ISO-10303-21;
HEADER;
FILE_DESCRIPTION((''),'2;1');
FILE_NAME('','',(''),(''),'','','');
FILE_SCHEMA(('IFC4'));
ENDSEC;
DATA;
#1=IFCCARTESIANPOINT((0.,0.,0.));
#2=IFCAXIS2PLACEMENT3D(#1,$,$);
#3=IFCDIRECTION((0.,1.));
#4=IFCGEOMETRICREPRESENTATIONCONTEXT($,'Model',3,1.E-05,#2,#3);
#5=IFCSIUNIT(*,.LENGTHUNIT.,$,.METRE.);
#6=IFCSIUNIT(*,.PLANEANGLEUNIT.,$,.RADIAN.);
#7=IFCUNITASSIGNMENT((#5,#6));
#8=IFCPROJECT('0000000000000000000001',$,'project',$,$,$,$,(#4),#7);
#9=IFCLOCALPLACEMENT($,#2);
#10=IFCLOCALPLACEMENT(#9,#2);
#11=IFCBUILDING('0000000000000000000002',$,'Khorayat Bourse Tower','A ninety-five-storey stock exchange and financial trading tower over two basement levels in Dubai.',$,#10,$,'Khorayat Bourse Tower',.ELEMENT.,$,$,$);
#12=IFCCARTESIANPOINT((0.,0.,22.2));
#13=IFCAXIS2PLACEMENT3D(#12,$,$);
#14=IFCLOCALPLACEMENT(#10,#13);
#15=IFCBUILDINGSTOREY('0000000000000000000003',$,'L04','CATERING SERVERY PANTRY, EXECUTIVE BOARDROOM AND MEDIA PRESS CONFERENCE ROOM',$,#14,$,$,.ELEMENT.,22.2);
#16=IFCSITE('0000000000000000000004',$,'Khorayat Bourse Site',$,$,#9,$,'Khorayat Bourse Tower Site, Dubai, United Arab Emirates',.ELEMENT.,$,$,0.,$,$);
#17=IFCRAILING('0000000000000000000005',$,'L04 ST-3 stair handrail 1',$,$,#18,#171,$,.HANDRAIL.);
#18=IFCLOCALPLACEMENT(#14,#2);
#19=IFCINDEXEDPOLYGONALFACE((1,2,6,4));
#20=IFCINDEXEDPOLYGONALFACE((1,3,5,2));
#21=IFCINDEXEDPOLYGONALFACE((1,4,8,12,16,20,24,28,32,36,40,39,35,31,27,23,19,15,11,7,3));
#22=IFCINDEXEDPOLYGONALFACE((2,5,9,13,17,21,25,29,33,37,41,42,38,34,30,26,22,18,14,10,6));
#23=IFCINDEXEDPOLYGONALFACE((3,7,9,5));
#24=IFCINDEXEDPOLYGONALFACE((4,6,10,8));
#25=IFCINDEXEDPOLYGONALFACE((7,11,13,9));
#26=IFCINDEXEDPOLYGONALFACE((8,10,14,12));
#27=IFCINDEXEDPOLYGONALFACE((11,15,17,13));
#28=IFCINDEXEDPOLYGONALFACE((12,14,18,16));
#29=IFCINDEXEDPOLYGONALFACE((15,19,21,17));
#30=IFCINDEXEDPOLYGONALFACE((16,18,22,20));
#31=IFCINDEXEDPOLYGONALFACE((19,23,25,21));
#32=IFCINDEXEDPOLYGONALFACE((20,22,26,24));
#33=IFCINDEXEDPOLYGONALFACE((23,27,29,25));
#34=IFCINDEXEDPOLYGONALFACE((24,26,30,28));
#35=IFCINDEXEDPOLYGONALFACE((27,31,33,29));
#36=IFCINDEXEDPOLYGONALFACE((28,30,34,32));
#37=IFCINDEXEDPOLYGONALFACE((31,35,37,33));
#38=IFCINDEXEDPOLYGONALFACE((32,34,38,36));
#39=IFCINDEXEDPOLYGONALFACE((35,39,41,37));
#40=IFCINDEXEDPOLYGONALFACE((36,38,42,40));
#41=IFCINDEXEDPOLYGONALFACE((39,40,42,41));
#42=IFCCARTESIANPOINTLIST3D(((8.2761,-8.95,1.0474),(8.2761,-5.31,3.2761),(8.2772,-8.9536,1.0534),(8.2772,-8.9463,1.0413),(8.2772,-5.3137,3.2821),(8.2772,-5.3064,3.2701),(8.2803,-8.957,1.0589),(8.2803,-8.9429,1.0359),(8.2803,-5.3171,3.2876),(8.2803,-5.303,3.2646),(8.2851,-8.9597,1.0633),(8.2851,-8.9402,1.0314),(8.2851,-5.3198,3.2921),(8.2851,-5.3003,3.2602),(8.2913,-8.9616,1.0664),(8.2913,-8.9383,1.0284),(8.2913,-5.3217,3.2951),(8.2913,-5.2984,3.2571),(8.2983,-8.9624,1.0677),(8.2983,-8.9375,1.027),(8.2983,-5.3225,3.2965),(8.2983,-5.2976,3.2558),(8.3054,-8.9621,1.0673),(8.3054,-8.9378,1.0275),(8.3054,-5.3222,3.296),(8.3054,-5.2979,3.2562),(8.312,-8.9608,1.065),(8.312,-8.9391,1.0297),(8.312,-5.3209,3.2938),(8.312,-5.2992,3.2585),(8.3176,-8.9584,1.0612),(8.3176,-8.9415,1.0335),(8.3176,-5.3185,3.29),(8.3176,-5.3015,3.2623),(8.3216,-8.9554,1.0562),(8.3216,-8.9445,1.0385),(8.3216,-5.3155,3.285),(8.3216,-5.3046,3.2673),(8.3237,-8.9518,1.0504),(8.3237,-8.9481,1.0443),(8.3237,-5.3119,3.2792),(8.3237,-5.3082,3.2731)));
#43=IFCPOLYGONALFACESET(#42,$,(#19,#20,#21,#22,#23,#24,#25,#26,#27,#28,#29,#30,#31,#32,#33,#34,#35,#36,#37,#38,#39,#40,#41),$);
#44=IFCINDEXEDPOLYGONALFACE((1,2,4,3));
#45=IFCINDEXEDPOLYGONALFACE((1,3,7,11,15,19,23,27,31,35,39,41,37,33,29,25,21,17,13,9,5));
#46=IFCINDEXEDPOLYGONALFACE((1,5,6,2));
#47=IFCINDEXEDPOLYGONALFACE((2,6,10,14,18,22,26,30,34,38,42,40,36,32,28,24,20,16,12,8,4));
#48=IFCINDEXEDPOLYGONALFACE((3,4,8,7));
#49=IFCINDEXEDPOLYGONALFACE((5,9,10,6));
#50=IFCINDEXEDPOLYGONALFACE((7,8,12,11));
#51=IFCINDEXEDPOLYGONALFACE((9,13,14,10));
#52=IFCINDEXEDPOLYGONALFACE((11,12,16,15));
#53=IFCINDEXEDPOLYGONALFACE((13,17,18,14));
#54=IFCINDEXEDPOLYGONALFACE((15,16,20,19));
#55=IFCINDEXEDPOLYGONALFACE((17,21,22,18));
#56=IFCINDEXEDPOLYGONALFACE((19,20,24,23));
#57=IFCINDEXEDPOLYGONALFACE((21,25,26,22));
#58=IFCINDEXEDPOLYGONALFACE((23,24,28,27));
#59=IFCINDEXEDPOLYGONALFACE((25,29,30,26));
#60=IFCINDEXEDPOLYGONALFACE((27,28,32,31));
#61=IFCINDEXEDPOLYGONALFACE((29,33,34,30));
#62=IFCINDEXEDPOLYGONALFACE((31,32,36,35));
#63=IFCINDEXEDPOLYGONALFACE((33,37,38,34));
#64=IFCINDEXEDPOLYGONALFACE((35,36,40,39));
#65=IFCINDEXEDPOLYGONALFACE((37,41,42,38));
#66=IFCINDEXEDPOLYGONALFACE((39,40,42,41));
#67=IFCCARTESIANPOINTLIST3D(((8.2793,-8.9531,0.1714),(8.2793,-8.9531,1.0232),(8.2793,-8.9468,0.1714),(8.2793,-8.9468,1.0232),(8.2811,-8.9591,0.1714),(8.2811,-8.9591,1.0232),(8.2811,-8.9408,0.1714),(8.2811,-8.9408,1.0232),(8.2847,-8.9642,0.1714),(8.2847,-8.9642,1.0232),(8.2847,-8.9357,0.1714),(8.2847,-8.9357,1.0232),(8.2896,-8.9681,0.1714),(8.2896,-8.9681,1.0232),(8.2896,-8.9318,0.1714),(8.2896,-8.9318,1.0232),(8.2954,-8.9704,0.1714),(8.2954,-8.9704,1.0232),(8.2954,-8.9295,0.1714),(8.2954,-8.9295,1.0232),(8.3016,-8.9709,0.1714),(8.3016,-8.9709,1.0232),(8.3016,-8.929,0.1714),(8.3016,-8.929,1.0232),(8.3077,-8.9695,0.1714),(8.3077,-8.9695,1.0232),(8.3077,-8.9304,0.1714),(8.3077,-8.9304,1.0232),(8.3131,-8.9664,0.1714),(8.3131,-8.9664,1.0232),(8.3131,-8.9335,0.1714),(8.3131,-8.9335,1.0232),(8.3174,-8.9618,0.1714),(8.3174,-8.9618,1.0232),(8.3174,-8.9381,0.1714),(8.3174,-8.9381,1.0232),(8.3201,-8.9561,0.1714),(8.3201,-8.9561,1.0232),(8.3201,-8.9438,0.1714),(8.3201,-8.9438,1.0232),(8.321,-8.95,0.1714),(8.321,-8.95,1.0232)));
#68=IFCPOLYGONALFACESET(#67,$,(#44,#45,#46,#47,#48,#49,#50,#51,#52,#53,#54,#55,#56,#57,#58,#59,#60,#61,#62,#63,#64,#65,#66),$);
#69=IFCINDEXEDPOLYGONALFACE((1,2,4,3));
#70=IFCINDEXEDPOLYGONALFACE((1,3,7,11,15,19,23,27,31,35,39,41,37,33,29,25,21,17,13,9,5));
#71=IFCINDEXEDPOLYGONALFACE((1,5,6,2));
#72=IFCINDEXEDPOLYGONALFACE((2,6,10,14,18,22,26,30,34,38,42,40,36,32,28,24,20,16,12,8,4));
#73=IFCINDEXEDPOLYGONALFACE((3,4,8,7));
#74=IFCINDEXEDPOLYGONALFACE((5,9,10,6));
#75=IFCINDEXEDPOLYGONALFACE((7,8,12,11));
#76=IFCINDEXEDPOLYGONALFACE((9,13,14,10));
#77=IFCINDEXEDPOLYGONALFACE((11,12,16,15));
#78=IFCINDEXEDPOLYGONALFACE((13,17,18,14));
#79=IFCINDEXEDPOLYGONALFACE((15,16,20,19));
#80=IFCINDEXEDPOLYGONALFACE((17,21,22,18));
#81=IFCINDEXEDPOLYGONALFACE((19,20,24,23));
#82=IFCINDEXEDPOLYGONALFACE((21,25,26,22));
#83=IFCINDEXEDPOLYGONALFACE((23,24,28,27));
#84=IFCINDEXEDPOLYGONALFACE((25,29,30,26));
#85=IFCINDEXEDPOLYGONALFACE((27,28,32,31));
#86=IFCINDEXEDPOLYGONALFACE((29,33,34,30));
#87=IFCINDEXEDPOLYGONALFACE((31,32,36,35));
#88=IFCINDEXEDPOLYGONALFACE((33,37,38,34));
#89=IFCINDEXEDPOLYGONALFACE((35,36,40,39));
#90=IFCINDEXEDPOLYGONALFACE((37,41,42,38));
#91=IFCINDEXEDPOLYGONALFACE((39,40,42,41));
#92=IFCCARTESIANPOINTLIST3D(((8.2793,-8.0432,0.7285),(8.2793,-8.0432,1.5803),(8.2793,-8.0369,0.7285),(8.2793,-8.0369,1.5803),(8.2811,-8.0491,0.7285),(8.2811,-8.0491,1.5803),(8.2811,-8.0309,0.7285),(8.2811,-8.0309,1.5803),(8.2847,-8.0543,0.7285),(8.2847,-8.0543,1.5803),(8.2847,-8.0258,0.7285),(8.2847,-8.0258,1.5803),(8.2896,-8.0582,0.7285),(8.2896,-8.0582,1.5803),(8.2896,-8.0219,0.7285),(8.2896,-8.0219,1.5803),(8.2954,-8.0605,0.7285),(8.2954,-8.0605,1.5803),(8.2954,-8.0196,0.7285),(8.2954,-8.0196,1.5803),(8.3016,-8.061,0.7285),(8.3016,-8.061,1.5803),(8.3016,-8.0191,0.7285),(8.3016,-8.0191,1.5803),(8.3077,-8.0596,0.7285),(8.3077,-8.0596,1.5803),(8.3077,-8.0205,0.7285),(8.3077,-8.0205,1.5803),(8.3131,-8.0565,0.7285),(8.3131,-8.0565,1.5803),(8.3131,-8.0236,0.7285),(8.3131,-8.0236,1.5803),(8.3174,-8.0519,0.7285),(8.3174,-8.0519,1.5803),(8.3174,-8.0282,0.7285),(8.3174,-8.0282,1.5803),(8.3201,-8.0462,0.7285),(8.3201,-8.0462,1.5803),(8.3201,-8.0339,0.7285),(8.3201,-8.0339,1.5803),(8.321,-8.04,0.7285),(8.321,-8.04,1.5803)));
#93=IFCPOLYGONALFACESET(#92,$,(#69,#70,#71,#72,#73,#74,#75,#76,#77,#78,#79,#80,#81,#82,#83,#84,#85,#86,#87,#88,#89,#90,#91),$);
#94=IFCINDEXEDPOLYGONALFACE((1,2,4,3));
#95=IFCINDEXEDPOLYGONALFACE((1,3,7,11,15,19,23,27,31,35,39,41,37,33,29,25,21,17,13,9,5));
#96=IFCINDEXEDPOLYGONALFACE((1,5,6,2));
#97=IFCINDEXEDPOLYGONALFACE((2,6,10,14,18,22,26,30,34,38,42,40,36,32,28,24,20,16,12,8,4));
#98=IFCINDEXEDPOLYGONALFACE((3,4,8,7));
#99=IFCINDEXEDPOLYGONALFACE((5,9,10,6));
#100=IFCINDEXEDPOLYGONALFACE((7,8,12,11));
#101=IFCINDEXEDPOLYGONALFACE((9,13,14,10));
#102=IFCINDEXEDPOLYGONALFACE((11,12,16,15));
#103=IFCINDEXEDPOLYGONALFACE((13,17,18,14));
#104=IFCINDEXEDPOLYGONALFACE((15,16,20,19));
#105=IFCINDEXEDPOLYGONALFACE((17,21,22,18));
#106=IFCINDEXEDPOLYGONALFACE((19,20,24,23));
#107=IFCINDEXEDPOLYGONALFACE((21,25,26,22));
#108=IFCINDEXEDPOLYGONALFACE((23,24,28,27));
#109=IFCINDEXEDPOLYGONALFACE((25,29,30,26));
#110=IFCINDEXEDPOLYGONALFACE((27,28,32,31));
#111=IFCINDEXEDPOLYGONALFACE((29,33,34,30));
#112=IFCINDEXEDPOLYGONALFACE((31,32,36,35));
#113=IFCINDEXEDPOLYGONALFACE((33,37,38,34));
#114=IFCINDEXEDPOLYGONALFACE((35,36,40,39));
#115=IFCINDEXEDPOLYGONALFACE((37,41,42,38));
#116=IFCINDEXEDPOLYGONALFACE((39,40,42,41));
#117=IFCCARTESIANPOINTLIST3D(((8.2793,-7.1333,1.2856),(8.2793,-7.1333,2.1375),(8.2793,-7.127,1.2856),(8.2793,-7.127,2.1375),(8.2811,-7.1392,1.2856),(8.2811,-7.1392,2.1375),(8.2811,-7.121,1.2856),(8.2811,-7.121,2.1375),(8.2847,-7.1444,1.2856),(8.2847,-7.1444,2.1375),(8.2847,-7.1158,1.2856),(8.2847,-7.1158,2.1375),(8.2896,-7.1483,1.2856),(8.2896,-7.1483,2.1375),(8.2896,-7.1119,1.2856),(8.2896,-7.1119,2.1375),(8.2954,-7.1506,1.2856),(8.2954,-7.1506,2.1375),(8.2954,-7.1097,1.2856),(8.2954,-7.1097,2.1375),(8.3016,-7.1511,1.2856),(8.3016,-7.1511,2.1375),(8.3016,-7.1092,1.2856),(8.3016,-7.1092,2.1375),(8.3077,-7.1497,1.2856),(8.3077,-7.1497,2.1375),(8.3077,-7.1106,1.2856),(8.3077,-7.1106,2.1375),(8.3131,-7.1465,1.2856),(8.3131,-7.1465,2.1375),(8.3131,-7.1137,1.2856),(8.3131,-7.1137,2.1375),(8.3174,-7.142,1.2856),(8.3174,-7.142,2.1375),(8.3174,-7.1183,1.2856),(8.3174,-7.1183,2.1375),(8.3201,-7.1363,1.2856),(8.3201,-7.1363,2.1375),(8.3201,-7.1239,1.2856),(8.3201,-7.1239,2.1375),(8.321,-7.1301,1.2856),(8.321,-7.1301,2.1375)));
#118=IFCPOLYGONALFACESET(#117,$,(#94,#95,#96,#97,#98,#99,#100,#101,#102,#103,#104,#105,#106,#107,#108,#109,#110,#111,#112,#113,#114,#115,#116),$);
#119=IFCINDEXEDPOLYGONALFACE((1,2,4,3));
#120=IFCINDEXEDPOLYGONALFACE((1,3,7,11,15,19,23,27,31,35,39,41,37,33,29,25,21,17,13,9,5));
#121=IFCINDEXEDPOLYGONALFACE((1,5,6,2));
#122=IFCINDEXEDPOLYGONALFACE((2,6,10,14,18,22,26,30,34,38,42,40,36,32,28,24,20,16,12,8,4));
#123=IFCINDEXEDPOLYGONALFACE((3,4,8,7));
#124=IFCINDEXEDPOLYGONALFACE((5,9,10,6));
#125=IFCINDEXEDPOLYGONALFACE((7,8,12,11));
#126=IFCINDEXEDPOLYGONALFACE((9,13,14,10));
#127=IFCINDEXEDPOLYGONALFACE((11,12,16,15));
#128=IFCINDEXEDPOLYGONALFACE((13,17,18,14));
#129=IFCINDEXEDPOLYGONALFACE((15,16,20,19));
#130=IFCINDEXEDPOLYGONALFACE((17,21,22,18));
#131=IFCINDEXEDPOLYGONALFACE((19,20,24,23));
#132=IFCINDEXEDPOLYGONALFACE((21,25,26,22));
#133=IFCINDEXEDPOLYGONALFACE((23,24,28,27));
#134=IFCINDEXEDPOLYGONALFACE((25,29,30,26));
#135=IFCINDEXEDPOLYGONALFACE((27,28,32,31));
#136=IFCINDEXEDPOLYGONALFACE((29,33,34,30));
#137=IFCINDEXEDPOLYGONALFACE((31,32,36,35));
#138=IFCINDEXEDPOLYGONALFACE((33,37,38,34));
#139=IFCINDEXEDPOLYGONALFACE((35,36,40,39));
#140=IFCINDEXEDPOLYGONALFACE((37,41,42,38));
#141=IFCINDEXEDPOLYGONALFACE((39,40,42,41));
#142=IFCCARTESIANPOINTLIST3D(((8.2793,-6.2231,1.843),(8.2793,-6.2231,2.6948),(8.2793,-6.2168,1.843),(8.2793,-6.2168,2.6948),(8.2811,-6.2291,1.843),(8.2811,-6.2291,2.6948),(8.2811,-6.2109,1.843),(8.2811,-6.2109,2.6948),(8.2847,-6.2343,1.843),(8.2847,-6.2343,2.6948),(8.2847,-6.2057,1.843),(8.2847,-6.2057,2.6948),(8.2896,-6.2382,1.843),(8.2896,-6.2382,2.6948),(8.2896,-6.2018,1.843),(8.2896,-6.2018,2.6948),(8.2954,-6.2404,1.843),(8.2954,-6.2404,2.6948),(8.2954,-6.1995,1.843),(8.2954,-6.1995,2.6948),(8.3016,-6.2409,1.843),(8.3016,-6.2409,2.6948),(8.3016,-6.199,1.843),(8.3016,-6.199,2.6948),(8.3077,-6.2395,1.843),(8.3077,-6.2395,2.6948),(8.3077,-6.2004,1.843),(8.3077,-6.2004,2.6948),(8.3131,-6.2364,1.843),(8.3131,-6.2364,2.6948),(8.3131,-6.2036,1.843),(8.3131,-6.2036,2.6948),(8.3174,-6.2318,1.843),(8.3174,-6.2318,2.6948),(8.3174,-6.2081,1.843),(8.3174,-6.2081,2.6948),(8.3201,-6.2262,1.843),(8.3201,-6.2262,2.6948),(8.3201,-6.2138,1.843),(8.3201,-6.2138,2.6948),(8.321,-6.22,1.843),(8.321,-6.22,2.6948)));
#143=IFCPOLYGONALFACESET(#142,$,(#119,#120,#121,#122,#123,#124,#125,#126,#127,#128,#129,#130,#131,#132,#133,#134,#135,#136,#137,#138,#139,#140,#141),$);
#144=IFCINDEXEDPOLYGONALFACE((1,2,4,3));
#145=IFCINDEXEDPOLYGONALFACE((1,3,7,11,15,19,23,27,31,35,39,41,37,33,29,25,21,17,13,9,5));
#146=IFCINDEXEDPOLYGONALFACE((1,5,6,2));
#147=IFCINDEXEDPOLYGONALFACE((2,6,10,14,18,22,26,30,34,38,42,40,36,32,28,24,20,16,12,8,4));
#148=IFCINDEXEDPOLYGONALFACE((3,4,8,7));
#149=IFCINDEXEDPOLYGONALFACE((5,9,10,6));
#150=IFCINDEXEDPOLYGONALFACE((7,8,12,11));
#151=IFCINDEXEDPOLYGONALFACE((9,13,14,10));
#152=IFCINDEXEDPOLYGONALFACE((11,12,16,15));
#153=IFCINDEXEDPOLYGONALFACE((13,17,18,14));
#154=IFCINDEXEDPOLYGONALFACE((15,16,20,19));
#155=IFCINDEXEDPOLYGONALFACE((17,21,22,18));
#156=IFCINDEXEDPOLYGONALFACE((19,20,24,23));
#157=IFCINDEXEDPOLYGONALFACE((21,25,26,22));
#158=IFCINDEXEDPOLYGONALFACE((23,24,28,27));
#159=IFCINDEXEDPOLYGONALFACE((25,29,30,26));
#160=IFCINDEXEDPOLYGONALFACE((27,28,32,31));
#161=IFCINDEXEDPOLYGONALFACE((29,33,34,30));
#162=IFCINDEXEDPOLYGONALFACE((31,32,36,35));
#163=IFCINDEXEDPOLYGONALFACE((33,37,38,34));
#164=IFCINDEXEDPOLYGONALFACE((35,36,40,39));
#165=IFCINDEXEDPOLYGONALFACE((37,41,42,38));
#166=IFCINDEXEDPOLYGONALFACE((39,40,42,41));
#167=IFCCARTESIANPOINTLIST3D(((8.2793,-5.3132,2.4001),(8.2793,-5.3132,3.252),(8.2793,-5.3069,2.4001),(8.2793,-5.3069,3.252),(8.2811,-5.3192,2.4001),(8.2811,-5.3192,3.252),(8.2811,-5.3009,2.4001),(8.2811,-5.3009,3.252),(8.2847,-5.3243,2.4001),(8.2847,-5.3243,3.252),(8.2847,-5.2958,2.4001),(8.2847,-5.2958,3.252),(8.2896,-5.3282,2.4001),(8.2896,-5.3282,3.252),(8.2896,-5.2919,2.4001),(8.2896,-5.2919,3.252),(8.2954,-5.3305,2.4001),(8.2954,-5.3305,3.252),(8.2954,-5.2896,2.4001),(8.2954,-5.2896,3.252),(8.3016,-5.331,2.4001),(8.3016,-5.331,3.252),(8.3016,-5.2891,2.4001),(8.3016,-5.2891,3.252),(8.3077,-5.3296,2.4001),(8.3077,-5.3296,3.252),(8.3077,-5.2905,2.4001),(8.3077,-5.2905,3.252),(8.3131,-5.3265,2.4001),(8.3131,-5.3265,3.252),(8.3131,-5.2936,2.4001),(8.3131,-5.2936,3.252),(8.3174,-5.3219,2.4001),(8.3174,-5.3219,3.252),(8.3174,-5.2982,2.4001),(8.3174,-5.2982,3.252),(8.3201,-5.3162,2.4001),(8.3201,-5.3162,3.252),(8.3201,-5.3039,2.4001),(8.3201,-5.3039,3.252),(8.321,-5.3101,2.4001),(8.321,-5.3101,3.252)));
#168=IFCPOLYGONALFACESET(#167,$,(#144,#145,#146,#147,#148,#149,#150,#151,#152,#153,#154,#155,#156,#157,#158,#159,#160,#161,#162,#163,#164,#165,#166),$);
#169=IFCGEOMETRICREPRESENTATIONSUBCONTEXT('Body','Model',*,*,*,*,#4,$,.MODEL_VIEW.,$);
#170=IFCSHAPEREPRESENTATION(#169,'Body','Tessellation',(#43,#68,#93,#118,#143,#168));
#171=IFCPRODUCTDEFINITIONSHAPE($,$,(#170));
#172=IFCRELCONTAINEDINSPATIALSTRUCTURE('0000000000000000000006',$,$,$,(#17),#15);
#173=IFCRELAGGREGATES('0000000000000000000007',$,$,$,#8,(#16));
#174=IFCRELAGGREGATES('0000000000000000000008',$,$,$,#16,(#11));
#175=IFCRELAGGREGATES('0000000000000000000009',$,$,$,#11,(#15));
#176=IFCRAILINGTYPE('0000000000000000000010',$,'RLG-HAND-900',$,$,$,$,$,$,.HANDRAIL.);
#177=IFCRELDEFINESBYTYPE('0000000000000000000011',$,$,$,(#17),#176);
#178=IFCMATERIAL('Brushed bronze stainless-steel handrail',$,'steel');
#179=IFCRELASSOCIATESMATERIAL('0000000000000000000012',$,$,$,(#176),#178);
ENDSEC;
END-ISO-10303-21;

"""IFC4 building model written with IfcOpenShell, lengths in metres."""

from ifc_helpers import new_model, si_unit, direction, frame, origin, origin_2d, place, context, subcontext, project, spatial, circle, extrude, source, transform, mapped, material, type_object, element, save


model = new_model("IFC4")

# Units and contexts
model_context = context("Model", 3, precision=1e-05, world=origin(), true_north=direction((0.0, 1.0)))
body_context = subcontext(model_context, "Body", "Model", "MODEL_VIEW")
ifc_project = project(units=[si_unit("LENGTHUNIT", "METRE"), si_unit("PLANEANGLEUNIT", "RADIAN")], contexts=[model_context])

# Site, building, storey
site_placement = place(None, origin())
site = spatial("IfcSite", under=ifc_project, at=site_placement, Name="Khorayat Bourse Site", LongName="Khorayat Bourse Tower Site, Dubai, United Arab Emirates", CompositionType="ELEMENT", RefElevation=0.0)
building_placement = place(site_placement, origin())
building = spatial("IfcBuilding", under=site, at=building_placement, Name="Khorayat Bourse Tower", Description="A ninety-five-storey stock exchange and financial trading tower over two basement levels in Dubai.", LongName="Khorayat Bourse Tower", CompositionType="ELEMENT")
storey_placement = place(building_placement, frame((0.0, 0.0, 22.2)))
storey = spatial("IfcBuildingStorey", under=building, at=storey_placement, Name="L04", Description="CATERING SERVERY PANTRY, EXECUTIVE BOARDROOM AND MEDIA PRESS CONFERENCE ROOM", CompositionType="ELEMENT", Elevation=22.2)

# Railing
ifc_material_1 = material(Name="Brushed bronze stainless-steel handrail", Category="steel")
railing_type_1 = type_object("IfcRailingType", Name="RLG-HAND-900", PredefinedType="HANDRAIL", material=ifc_material_1)
shared_shape_1 = source(origin(), body_context, "Body", "SweptSolid", [
    extrude(circle(Radius=0.0239, at=origin_2d()), frame((0.0, 0.0, 0.876), z_axis=(0.0, 0.852825, 0.522197), x_axis=(-1.0, 0.0, 0.0)), (0.0, 0.0, 1.0), 4.2681),
    extrude(circle(Radius=0.021, at=origin_2d()), origin(), (0.0, 0.0, 1.0), 0.8518),
    extrude(circle(Radius=0.021, at=origin_2d()), frame((0.0, 0.9099, 0.5571)), (0.0, 0.0, 1.0), 0.8518),
    extrude(circle(Radius=0.021, at=origin_2d()), frame((0.0, 1.8198, 1.1143)), (0.0, 0.0, 1.0), 0.8518),
    extrude(circle(Radius=0.021, at=origin_2d()), frame((0.0, 2.73, 1.6716)), (0.0, 0.0, 1.0), 0.8518),
    extrude(circle(Radius=0.021, at=origin_2d()), frame((0.0, 3.6399, 2.2288)), (0.0, 0.0, 1.0), 0.8518),
])
railing_1_placement = place(storey_placement, frame((8.3, -8.95, 0.1714)))
element("IfcRailing", 1, at=railing_1_placement, inside=storey, type_object=railing_type_1, Name="L04 ST-3 stair handrail 1", PredefinedType="HANDRAIL", context=body_context, shape_type="MappedRepresentation", body=[
    mapped(shared_shape_1, transform((0.0, 0.0, 0.0), scale=1.0)),
])

save(model, "model.ifc")
